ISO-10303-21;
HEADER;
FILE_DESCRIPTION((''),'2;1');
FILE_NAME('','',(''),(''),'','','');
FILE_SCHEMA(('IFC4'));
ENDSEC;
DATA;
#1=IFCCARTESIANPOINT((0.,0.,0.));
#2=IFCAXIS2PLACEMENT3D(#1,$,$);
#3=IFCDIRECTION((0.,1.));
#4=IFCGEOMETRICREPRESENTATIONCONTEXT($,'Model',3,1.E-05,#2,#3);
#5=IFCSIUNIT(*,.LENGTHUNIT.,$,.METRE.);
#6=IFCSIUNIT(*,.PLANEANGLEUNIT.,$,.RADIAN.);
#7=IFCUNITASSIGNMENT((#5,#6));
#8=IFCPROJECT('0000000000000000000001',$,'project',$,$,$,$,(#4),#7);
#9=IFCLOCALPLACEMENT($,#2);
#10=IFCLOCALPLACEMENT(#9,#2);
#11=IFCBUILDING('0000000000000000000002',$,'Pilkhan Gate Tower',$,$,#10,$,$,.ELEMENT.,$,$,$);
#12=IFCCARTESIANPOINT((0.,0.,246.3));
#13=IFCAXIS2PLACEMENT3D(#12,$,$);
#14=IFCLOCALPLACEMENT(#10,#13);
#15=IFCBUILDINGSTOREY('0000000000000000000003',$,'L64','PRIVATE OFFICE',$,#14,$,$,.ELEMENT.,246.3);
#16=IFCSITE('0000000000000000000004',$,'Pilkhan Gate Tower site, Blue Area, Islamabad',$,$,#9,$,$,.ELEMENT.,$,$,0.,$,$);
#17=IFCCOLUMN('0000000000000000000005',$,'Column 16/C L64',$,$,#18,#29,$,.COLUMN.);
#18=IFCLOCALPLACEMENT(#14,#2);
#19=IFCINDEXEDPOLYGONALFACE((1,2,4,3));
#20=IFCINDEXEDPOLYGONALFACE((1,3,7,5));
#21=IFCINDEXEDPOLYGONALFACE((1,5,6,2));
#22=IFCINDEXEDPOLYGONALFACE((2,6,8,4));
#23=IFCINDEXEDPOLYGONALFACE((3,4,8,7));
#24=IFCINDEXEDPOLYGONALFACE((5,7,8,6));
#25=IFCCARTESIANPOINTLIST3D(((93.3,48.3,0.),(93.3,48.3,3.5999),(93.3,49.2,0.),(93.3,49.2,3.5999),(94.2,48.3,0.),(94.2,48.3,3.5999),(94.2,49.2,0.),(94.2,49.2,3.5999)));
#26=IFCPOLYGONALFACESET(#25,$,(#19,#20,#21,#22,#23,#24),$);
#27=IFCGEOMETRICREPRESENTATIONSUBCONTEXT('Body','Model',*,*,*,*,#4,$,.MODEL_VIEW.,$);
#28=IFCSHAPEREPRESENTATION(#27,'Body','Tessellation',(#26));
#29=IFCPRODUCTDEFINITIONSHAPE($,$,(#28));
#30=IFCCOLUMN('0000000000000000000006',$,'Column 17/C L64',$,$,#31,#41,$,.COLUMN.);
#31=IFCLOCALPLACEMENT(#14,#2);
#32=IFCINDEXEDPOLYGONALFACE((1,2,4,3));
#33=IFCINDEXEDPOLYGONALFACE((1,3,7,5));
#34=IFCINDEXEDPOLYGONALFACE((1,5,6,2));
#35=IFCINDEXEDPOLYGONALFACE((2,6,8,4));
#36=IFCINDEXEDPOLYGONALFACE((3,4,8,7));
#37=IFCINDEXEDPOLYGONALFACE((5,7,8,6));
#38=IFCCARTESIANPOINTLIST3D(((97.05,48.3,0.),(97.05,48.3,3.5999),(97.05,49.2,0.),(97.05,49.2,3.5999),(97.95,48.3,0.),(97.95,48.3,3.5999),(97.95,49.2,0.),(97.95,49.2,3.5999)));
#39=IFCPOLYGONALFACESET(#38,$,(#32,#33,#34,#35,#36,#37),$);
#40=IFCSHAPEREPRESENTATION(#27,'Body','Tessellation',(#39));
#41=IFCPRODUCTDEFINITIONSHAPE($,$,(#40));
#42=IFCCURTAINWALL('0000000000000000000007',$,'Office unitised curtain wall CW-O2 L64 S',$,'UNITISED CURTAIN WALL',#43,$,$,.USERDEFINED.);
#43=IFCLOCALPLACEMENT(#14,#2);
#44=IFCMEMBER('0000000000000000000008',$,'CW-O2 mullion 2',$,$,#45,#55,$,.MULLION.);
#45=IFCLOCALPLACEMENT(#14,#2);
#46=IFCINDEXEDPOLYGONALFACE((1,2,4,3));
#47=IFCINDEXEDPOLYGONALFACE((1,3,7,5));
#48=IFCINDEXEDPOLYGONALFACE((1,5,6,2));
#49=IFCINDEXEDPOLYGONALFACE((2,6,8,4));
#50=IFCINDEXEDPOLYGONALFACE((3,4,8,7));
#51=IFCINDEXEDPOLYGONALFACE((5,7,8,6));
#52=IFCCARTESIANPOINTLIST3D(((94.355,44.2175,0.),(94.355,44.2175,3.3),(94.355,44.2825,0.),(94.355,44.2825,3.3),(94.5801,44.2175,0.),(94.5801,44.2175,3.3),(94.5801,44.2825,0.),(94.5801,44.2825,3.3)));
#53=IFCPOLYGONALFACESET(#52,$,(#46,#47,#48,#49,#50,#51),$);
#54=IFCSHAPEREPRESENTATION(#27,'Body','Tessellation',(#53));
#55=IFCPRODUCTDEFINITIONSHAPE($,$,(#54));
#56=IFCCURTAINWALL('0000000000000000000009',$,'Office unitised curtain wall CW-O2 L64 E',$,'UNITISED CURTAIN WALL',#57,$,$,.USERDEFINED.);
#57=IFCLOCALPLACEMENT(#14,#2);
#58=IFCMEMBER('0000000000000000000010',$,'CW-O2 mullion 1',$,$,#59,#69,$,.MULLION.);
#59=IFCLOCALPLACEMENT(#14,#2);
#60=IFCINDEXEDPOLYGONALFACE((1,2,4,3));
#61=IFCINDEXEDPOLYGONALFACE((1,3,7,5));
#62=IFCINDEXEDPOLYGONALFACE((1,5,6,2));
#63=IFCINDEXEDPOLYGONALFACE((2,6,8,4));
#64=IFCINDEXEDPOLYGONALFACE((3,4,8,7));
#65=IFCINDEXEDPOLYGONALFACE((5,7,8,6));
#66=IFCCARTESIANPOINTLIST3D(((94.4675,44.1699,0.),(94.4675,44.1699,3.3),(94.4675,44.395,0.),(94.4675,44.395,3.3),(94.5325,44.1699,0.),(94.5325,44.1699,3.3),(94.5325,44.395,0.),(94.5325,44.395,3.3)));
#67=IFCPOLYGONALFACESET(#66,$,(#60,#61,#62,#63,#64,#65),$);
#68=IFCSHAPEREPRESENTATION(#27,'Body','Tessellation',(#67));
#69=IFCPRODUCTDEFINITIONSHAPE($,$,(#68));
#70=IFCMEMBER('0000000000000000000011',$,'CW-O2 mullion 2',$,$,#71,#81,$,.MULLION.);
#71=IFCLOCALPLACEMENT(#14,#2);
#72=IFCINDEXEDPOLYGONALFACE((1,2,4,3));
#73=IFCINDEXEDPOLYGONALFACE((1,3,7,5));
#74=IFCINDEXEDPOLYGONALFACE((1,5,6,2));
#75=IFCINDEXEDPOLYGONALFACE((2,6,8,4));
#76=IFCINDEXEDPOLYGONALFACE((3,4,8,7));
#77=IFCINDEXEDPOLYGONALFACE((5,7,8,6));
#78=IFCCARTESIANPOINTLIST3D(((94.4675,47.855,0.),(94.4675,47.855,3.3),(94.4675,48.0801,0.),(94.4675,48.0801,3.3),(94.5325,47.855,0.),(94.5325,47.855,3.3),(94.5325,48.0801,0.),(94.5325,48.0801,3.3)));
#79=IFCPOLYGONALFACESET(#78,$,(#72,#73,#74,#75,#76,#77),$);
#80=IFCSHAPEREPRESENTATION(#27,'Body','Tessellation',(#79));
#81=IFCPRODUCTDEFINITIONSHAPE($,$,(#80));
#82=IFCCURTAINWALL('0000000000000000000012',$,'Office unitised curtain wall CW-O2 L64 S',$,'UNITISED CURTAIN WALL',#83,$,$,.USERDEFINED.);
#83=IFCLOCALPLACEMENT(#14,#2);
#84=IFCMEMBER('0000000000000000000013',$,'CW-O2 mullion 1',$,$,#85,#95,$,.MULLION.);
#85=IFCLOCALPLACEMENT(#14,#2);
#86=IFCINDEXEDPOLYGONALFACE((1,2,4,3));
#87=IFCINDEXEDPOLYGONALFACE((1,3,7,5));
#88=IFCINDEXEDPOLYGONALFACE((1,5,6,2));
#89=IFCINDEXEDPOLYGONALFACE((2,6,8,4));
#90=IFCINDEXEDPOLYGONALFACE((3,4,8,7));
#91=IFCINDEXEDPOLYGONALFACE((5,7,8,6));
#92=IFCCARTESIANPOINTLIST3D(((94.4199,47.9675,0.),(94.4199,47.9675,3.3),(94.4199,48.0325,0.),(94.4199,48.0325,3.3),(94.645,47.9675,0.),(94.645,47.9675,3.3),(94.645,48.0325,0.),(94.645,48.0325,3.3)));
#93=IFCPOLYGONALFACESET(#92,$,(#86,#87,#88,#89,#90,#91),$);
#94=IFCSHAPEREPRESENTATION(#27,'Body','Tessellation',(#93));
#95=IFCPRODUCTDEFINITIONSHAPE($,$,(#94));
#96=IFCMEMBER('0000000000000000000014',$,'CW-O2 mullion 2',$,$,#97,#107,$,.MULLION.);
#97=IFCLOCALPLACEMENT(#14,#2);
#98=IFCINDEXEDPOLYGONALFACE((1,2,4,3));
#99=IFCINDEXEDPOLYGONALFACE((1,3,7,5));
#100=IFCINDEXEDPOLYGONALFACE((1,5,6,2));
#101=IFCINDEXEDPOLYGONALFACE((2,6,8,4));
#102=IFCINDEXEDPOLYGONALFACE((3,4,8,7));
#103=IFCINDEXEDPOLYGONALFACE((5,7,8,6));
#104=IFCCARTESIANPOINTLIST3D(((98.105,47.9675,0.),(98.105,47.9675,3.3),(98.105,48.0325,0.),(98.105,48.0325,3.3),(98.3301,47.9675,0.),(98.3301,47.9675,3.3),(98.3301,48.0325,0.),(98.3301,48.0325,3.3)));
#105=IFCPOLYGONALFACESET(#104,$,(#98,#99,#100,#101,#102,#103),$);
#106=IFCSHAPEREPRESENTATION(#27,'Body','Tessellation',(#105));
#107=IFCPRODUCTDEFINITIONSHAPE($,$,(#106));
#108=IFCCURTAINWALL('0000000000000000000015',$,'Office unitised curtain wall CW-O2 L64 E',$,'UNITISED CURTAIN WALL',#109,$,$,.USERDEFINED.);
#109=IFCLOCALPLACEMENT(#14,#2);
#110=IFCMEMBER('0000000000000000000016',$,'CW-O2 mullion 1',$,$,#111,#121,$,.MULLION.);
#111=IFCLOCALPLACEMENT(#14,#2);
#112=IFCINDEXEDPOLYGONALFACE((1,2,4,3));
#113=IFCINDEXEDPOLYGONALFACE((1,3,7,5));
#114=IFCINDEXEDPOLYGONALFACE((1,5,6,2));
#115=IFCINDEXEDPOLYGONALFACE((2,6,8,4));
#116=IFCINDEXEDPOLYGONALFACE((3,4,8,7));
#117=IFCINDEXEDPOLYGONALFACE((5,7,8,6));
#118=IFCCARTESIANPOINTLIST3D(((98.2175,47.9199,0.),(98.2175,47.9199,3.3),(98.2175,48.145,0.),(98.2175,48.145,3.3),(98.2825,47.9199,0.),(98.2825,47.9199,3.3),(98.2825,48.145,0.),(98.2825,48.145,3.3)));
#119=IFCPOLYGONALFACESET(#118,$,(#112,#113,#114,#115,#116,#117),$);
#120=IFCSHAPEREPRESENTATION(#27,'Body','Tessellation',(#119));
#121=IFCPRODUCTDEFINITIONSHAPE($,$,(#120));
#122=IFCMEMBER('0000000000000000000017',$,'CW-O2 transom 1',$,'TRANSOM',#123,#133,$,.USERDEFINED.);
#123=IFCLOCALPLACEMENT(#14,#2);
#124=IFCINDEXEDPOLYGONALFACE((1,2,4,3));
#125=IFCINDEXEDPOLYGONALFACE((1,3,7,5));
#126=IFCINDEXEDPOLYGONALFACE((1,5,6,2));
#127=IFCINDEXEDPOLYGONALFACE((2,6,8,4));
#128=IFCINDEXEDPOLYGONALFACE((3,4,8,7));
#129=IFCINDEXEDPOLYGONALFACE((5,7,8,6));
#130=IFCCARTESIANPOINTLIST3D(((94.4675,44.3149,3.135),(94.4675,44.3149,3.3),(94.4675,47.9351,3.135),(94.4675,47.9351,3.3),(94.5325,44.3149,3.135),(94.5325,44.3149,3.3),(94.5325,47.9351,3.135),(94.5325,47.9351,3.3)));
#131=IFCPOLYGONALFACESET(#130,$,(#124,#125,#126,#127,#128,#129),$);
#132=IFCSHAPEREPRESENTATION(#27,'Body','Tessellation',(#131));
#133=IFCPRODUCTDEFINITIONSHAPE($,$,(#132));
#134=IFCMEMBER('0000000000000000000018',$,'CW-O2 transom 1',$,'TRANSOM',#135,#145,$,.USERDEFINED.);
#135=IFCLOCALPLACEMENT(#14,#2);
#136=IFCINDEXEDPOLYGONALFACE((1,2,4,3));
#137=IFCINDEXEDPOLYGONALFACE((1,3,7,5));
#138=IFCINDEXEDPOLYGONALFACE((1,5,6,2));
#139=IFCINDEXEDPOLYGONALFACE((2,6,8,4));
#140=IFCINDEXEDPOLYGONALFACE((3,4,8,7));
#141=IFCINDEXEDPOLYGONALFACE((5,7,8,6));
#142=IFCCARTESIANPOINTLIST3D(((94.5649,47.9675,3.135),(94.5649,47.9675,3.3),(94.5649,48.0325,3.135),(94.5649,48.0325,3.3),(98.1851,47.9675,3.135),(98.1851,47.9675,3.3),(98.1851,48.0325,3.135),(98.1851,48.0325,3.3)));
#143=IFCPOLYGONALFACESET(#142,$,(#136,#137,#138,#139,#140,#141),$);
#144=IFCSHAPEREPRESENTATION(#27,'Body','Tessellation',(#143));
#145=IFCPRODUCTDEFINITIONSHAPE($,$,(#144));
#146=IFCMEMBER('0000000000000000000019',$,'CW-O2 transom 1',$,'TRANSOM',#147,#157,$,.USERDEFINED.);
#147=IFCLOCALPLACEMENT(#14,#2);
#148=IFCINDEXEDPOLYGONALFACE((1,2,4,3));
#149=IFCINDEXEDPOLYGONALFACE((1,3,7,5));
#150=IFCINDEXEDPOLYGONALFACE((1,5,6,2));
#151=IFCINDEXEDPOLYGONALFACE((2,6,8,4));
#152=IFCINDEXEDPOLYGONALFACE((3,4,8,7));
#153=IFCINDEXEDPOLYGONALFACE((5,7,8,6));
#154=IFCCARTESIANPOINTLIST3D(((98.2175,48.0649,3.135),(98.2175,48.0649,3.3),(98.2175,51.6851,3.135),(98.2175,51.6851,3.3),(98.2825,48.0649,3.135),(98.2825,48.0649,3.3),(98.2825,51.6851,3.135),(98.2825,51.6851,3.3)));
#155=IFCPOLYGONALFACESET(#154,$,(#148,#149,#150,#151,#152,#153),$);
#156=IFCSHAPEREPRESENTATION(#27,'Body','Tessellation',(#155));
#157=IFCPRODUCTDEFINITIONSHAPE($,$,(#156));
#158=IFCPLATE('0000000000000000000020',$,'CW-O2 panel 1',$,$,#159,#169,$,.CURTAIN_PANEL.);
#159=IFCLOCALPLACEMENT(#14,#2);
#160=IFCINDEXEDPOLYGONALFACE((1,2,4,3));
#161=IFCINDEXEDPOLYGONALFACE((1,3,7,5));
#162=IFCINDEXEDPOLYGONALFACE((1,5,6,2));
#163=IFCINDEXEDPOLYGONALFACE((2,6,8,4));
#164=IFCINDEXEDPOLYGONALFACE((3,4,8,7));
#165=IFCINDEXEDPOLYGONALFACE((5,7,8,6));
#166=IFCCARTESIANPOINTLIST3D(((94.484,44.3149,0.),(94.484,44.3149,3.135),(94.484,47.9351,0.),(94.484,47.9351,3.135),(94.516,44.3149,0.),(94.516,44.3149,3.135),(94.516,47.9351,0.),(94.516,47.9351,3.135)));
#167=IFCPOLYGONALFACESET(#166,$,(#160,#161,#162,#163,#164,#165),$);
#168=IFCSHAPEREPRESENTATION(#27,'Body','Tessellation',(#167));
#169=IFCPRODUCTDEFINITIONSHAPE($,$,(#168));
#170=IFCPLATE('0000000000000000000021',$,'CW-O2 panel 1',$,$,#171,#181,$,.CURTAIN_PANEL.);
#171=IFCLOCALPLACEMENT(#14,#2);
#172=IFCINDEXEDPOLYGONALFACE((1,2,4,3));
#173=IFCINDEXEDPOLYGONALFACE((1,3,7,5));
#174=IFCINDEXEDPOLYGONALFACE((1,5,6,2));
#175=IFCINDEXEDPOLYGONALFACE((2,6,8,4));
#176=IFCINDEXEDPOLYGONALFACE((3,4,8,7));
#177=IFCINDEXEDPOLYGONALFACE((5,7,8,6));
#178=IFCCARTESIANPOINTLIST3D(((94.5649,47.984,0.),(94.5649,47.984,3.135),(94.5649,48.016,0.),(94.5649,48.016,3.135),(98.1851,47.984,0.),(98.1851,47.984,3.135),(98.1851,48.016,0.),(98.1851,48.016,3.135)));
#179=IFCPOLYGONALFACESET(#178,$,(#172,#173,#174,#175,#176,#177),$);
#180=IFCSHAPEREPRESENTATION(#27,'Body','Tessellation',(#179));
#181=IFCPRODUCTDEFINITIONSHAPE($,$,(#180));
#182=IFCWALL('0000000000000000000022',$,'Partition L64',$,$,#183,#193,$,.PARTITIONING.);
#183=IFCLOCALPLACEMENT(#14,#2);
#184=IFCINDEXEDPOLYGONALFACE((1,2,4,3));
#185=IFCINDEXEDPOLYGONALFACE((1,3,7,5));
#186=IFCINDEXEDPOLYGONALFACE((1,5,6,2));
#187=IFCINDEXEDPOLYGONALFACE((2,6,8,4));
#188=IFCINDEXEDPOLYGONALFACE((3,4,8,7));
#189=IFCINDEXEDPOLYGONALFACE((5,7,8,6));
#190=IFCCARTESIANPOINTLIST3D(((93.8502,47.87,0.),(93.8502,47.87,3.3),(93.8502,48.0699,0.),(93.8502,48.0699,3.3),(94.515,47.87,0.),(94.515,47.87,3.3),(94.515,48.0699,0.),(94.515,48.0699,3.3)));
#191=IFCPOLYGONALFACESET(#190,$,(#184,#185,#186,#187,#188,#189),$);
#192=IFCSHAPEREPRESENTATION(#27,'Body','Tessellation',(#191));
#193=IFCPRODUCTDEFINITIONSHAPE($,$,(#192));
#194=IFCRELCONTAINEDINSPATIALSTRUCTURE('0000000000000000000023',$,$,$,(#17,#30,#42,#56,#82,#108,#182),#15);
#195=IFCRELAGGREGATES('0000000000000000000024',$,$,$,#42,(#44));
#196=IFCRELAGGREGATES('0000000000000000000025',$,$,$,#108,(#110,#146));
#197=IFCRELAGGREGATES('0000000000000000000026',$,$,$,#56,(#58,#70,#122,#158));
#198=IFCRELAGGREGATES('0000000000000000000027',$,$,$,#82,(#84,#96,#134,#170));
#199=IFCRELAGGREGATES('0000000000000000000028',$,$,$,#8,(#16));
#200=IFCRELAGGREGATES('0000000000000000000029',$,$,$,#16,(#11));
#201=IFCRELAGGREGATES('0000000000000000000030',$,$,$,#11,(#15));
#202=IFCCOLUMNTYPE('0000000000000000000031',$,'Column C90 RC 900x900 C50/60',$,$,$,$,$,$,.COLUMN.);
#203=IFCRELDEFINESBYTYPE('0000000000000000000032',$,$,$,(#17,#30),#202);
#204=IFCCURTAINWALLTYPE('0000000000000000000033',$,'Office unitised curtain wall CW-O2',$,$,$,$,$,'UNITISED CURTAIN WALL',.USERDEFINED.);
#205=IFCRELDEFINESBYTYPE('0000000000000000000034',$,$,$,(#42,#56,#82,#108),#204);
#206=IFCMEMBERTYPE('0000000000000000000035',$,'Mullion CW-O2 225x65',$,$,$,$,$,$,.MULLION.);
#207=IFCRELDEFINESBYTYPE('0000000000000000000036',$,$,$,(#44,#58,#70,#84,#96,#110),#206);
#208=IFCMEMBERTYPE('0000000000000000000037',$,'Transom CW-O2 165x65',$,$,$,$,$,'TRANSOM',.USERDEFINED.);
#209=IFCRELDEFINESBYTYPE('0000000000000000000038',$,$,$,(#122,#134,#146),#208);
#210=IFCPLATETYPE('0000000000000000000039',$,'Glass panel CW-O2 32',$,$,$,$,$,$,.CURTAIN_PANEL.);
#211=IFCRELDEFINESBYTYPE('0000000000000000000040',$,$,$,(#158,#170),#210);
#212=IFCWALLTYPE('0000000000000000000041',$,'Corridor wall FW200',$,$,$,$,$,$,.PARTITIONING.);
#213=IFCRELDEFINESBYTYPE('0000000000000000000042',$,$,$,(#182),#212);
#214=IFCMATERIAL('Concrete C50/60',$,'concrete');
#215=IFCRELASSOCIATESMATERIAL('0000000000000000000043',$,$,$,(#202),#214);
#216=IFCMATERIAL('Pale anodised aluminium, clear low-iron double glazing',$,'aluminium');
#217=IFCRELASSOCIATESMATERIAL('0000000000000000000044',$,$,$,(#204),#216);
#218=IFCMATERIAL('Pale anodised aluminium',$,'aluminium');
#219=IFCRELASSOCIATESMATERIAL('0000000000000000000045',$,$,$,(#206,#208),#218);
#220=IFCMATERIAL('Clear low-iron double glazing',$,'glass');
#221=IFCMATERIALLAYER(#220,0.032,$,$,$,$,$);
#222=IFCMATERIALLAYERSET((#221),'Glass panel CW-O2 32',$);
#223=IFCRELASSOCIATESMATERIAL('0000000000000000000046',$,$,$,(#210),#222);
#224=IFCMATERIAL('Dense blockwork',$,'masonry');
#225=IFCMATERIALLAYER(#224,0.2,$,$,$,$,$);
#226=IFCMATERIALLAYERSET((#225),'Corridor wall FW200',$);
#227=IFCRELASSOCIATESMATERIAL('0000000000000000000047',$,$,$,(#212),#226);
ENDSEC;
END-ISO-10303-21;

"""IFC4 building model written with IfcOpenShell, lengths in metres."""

from ifc_helpers import new_model, si_unit, direction, frame, frame_2d, origin, origin_2d, place, context, subcontext, project, spatial, rectangle, extrude, material, layer, layer_set, material_profile, profile_set, type_object, element, aggregate, save


model = new_model("IFC4")

# Units and contexts
model_context = context("Model", 3, precision=1e-05, world=origin(), true_north=direction((0.0, 1.0)))
body_context = subcontext(model_context, "Body", "Model", "MODEL_VIEW")
ifc_project = project(units=[si_unit("LENGTHUNIT", "METRE"), si_unit("PLANEANGLEUNIT", "RADIAN")], contexts=[model_context])

# Site, building, storey
site_placement = place(None, origin())
site = spatial("IfcSite", under=ifc_project, at=site_placement, Name="Pilkhan Gate Tower site, Blue Area, Islamabad", CompositionType="ELEMENT", RefElevation=0.0)
building_placement = place(site_placement, origin())
building = spatial("IfcBuilding", under=site, at=building_placement, Name="Pilkhan Gate Tower", CompositionType="ELEMENT")
storey_placement = place(building_placement, frame((0.0, 0.0, 246.3)))
storey = spatial("IfcBuildingStorey", under=building, at=storey_placement, Name="L64", Description="PRIVATE OFFICE", CompositionType="ELEMENT", Elevation=246.3)

# Columns
ifc_material_1 = material(Name="Concrete C50/60", Category="concrete")
ifc_material_profile_1 = material_profile(ifc_material_1, rectangle(XDim=0.8999, YDim=0.8999, at=origin_2d()), Name="RC 900x900")
ifc_profile_set_1 = profile_set([ifc_material_profile_1], Name="Concrete C50/60")
column_type = type_object("IfcColumnType", Name="Column C90 RC 900x900 C50/60", PredefinedType="COLUMN", material=ifc_profile_set_1)
for number, where, z_axis, x_axis, name in (
    (1, (93.75, 48.75, 0.0), (0.0, 0.0, 1.0), (1.0, 0.0, 0.0), "Column 16/C L64"),
    (2, (97.5, 48.75, 0.0), (0.0, 0.0, 1.0), (1.0, 0.0, 0.0), "Column 17/C L64"),
):
    element("IfcColumn", number, at=place(storey_placement, frame(where, z_axis=z_axis, x_axis=x_axis)), inside=storey, type_object=column_type, Name=name, PredefinedType="COLUMN", context=body_context, shape_type="SweptSolid", body=[
        extrude(rectangle(XDim=0.8999, YDim=0.8999, at=origin_2d()), origin(), (0.0, 0.0, 1.0), 3.5999),
    ])

# Curtain wall, member
ifc_material_2 = material(Name="Pale anodised aluminium, clear low-iron double glazing", Category="aluminium")
curtain_wall_type = type_object("IfcCurtainWallType", Name="Office unitised curtain wall CW-O2", ElementType="UNITISED CURTAIN WALL", PredefinedType="USERDEFINED", material=ifc_material_2)
curtain_wall_1_placement = place(storey_placement, origin())
curtain_wall_1 = element("IfcCurtainWall", 3, at=curtain_wall_1_placement, inside=storey, type_object=curtain_wall_type, Name="Office unitised curtain wall CW-O2 L64 S", ObjectType="UNITISED CURTAIN WALL", PredefinedType="USERDEFINED")
ifc_material_3 = material(Name="Pale anodised aluminium", Category="aluminium")
ifc_material_profile_2 = material_profile(ifc_material_3, rectangle(XDim=0.0649, YDim=0.2251, at=origin_2d()), Name="Mullion 225x65")
ifc_profile_set_2 = profile_set([ifc_material_profile_2], Name="Pale anodised aluminium")
member_type_1 = type_object("IfcMemberType", Name="Mullion CW-O2 225x65", PredefinedType="MULLION", material=ifc_profile_set_2)
member_1_placement = place(storey_placement, frame((94.4675, 44.25, 0.0), z_axis=(0.0, 0.0, 1.0), x_axis=(0.0, 1.0, 0.0)))
member_1 = element("IfcMember", 4, at=member_1_placement, type_object=member_type_1, Name="CW-O2 mullion 2", PredefinedType="MULLION", context=body_context, shape_type="SweptSolid", body=[
    extrude(rectangle(XDim=0.0649, YDim=0.2251, at=origin_2d()), origin(), (0.0, 0.0, 1.0), 3.3),
])
aggregate(curtain_wall_1, [member_1])

# Curtain walls, members
curtain_wall_2_placement = place(storey_placement, origin())
curtain_wall_2 = element("IfcCurtainWall", 5, at=curtain_wall_2_placement, inside=storey, type_object=curtain_wall_type, Name="Office unitised curtain wall CW-O2 L64 E", ObjectType="UNITISED CURTAIN WALL", PredefinedType="USERDEFINED")
member_2_placement = place(storey_placement, frame((94.5, 44.2825, 0.0), z_axis=(0.0, 0.0, 1.0), x_axis=(-1.0, 0.0, 0.0)))
member_2 = element("IfcMember", 6, at=member_2_placement, type_object=member_type_1, Name="CW-O2 mullion 1", PredefinedType="MULLION", context=body_context, shape_type="SweptSolid", body=[
    extrude(rectangle(XDim=0.0649, YDim=0.2251, at=origin_2d()), origin(), (0.0, 0.0, 1.0), 3.3),
])
member_3_placement = place(storey_placement, frame((94.5, 47.9675, 0.0), z_axis=(0.0, 0.0, 1.0), x_axis=(-1.0, 0.0, 0.0)))
member_3 = element("IfcMember", 7, at=member_3_placement, type_object=member_type_1, Name="CW-O2 mullion 2", PredefinedType="MULLION", context=body_context, shape_type="SweptSolid", body=[
    extrude(rectangle(XDim=0.0649, YDim=0.2251, at=origin_2d()), origin(), (0.0, 0.0, 1.0), 3.3),
])
curtain_wall_3_placement = place(storey_placement, origin())
curtain_wall_3 = element("IfcCurtainWall", 8, at=curtain_wall_3_placement, inside=storey, type_object=curtain_wall_type, Name="Office unitised curtain wall CW-O2 L64 S", ObjectType="UNITISED CURTAIN WALL", PredefinedType="USERDEFINED")
member_4_placement = place(storey_placement, frame((94.5325, 48.0, 0.0), z_axis=(0.0, 0.0, 1.0), x_axis=(0.0, 1.0, 0.0)))
member_4 = element("IfcMember", 9, at=member_4_placement, type_object=member_type_1, Name="CW-O2 mullion 1", PredefinedType="MULLION", context=body_context, shape_type="SweptSolid", body=[
    extrude(rectangle(XDim=0.0649, YDim=0.2251, at=origin_2d()), origin(), (0.0, 0.0, 1.0), 3.3),
])
member_5_placement = place(storey_placement, frame((98.2175, 48.0, 0.0), z_axis=(0.0, 0.0, 1.0), x_axis=(0.0, 1.0, 0.0)))
member_5 = element("IfcMember", 10, at=member_5_placement, type_object=member_type_1, Name="CW-O2 mullion 2", PredefinedType="MULLION", context=body_context, shape_type="SweptSolid", body=[
    extrude(rectangle(XDim=0.0649, YDim=0.2251, at=origin_2d()), origin(), (0.0, 0.0, 1.0), 3.3),
])

# Curtain wall, member
curtain_wall_4_placement = place(storey_placement, origin())
curtain_wall_4 = element("IfcCurtainWall", 11, at=curtain_wall_4_placement, inside=storey, type_object=curtain_wall_type, Name="Office unitised curtain wall CW-O2 L64 E", ObjectType="UNITISED CURTAIN WALL", PredefinedType="USERDEFINED")
member_6_placement = place(storey_placement, frame((98.25, 48.0325, 0.0), z_axis=(0.0, 0.0, 1.0), x_axis=(-1.0, 0.0, 0.0)))
member_6 = element("IfcMember", 12, at=member_6_placement, type_object=member_type_1, Name="CW-O2 mullion 1", PredefinedType="MULLION", context=body_context, shape_type="SweptSolid", body=[
    extrude(rectangle(XDim=0.0649, YDim=0.2251, at=origin_2d()), origin(), (0.0, 0.0, 1.0), 3.3),
])

# Members
ifc_material_profile_3 = material_profile(ifc_material_3, rectangle(XDim=0.0649, YDim=0.165, at=origin_2d()), Name="Transom 165x65")
ifc_profile_set_3 = profile_set([ifc_material_profile_3], Name="Pale anodised aluminium")
member_type_2 = type_object("IfcMemberType", Name="Transom CW-O2 165x65", ElementType="TRANSOM", PredefinedType="USERDEFINED", material=ifc_profile_set_3)
member_7_placement = place(storey_placement, frame((94.5, 44.3149, 3.2175), z_axis=(0.0, 1.0, 0.0), x_axis=(-1.0, 0.0, 0.0)))
member_7 = element("IfcMember", 13, at=member_7_placement, type_object=member_type_2, Name="CW-O2 transom 1", ObjectType="TRANSOM", PredefinedType="USERDEFINED", context=body_context, shape_type="SweptSolid", body=[
    extrude(rectangle(XDim=0.0649, YDim=0.165, at=origin_2d()), origin(), (0.0, 0.0, 1.0), 3.6201),
])
member_8_placement = place(storey_placement, frame((94.5649, 48.0, 3.2175), z_axis=(1.0, 0.0, 0.0), x_axis=(0.0, 1.0, 0.0)))
member_8 = element("IfcMember", 14, at=member_8_placement, type_object=member_type_2, Name="CW-O2 transom 1", ObjectType="TRANSOM", PredefinedType="USERDEFINED", context=body_context, shape_type="SweptSolid", body=[
    extrude(rectangle(XDim=0.0649, YDim=0.165, at=origin_2d()), origin(), (0.0, 0.0, 1.0), 3.6201),
])
member_9_placement = place(storey_placement, frame((98.25, 48.0649, 3.2175), z_axis=(0.0, 1.0, 0.0), x_axis=(-1.0, 0.0, 0.0)))
member_9 = element("IfcMember", 15, at=member_9_placement, type_object=member_type_2, Name="CW-O2 transom 1", ObjectType="TRANSOM", PredefinedType="USERDEFINED", context=body_context, shape_type="SweptSolid", body=[
    extrude(rectangle(XDim=0.0649, YDim=0.165, at=origin_2d()), origin(), (0.0, 0.0, 1.0), 3.6201),
])
aggregate(curtain_wall_4, [member_6, member_9])

# Plates
ifc_material_4 = material(Name="Clear low-iron double glazing", Category="glass")
ifc_layer_1 = layer(ifc_material_4, 0.032)
ifc_layer_set_1 = layer_set([ifc_layer_1], Name="Glass panel CW-O2 32")
plate_type = type_object("IfcPlateType", Name="Glass panel CW-O2 32", PredefinedType="CURTAIN_PANEL", material=ifc_layer_set_1)
plate_1_placement = place(storey_placement, frame((94.5, 46.125, 0.0), z_axis=(0.0, 0.0, 1.0), x_axis=(0.0, 1.0, 0.0)))
plate_1 = element("IfcPlate", 16, at=plate_1_placement, type_object=plate_type, Name="CW-O2 panel 1", PredefinedType="CURTAIN_PANEL", context=body_context, shape_type="SweptSolid", body=[
    extrude(rectangle(XDim=3.6201, YDim=0.032, at=origin_2d()), origin(), (0.0, 0.0, 1.0), 3.135),
])
aggregate(curtain_wall_2, [member_2, member_3, member_7, plate_1])
plate_2_placement = place(storey_placement, frame((96.375, 48.0, 0.0), z_axis=(0.0, 0.0, 1.0), x_axis=(1.0, 0.0, 0.0)))
plate_2 = element("IfcPlate", 17, at=plate_2_placement, type_object=plate_type, Name="CW-O2 panel 1", PredefinedType="CURTAIN_PANEL", context=body_context, shape_type="SweptSolid", body=[
    extrude(rectangle(XDim=3.6201, YDim=0.032, at=origin_2d()), origin(), (0.0, 0.0, 1.0), 3.135),
])
aggregate(curtain_wall_3, [member_4, member_5, member_8, plate_2])

# Wall
ifc_material_5 = material(Name="Dense blockwork", Category="masonry")
ifc_layer_2 = layer(ifc_material_5, 0.2)
ifc_layer_set_2 = layer_set([ifc_layer_2], Name="Corridor wall FW200")
wall_type = type_object("IfcWallType", Name="Corridor wall FW200", PredefinedType="PARTITIONING", material=ifc_layer_set_2)
wall_1_placement = place(storey_placement, frame((93.8501, 47.97, 0.0), z_axis=(0.0, 0.0, 1.0), x_axis=(1.0, 0.0, 0.0)))
element("IfcWall", 18, at=wall_1_placement, inside=storey, type_object=wall_type, Name="Partition L64", PredefinedType="PARTITIONING", context=body_context, shape_type="SweptSolid", body=[
    extrude(rectangle(XDim=0.6648, YDim=0.2, at=frame_2d((0.3325, 0.0))), origin(), (0.0, 0.0, 1.0), 3.3),
])

save(model, "model.ifc")
